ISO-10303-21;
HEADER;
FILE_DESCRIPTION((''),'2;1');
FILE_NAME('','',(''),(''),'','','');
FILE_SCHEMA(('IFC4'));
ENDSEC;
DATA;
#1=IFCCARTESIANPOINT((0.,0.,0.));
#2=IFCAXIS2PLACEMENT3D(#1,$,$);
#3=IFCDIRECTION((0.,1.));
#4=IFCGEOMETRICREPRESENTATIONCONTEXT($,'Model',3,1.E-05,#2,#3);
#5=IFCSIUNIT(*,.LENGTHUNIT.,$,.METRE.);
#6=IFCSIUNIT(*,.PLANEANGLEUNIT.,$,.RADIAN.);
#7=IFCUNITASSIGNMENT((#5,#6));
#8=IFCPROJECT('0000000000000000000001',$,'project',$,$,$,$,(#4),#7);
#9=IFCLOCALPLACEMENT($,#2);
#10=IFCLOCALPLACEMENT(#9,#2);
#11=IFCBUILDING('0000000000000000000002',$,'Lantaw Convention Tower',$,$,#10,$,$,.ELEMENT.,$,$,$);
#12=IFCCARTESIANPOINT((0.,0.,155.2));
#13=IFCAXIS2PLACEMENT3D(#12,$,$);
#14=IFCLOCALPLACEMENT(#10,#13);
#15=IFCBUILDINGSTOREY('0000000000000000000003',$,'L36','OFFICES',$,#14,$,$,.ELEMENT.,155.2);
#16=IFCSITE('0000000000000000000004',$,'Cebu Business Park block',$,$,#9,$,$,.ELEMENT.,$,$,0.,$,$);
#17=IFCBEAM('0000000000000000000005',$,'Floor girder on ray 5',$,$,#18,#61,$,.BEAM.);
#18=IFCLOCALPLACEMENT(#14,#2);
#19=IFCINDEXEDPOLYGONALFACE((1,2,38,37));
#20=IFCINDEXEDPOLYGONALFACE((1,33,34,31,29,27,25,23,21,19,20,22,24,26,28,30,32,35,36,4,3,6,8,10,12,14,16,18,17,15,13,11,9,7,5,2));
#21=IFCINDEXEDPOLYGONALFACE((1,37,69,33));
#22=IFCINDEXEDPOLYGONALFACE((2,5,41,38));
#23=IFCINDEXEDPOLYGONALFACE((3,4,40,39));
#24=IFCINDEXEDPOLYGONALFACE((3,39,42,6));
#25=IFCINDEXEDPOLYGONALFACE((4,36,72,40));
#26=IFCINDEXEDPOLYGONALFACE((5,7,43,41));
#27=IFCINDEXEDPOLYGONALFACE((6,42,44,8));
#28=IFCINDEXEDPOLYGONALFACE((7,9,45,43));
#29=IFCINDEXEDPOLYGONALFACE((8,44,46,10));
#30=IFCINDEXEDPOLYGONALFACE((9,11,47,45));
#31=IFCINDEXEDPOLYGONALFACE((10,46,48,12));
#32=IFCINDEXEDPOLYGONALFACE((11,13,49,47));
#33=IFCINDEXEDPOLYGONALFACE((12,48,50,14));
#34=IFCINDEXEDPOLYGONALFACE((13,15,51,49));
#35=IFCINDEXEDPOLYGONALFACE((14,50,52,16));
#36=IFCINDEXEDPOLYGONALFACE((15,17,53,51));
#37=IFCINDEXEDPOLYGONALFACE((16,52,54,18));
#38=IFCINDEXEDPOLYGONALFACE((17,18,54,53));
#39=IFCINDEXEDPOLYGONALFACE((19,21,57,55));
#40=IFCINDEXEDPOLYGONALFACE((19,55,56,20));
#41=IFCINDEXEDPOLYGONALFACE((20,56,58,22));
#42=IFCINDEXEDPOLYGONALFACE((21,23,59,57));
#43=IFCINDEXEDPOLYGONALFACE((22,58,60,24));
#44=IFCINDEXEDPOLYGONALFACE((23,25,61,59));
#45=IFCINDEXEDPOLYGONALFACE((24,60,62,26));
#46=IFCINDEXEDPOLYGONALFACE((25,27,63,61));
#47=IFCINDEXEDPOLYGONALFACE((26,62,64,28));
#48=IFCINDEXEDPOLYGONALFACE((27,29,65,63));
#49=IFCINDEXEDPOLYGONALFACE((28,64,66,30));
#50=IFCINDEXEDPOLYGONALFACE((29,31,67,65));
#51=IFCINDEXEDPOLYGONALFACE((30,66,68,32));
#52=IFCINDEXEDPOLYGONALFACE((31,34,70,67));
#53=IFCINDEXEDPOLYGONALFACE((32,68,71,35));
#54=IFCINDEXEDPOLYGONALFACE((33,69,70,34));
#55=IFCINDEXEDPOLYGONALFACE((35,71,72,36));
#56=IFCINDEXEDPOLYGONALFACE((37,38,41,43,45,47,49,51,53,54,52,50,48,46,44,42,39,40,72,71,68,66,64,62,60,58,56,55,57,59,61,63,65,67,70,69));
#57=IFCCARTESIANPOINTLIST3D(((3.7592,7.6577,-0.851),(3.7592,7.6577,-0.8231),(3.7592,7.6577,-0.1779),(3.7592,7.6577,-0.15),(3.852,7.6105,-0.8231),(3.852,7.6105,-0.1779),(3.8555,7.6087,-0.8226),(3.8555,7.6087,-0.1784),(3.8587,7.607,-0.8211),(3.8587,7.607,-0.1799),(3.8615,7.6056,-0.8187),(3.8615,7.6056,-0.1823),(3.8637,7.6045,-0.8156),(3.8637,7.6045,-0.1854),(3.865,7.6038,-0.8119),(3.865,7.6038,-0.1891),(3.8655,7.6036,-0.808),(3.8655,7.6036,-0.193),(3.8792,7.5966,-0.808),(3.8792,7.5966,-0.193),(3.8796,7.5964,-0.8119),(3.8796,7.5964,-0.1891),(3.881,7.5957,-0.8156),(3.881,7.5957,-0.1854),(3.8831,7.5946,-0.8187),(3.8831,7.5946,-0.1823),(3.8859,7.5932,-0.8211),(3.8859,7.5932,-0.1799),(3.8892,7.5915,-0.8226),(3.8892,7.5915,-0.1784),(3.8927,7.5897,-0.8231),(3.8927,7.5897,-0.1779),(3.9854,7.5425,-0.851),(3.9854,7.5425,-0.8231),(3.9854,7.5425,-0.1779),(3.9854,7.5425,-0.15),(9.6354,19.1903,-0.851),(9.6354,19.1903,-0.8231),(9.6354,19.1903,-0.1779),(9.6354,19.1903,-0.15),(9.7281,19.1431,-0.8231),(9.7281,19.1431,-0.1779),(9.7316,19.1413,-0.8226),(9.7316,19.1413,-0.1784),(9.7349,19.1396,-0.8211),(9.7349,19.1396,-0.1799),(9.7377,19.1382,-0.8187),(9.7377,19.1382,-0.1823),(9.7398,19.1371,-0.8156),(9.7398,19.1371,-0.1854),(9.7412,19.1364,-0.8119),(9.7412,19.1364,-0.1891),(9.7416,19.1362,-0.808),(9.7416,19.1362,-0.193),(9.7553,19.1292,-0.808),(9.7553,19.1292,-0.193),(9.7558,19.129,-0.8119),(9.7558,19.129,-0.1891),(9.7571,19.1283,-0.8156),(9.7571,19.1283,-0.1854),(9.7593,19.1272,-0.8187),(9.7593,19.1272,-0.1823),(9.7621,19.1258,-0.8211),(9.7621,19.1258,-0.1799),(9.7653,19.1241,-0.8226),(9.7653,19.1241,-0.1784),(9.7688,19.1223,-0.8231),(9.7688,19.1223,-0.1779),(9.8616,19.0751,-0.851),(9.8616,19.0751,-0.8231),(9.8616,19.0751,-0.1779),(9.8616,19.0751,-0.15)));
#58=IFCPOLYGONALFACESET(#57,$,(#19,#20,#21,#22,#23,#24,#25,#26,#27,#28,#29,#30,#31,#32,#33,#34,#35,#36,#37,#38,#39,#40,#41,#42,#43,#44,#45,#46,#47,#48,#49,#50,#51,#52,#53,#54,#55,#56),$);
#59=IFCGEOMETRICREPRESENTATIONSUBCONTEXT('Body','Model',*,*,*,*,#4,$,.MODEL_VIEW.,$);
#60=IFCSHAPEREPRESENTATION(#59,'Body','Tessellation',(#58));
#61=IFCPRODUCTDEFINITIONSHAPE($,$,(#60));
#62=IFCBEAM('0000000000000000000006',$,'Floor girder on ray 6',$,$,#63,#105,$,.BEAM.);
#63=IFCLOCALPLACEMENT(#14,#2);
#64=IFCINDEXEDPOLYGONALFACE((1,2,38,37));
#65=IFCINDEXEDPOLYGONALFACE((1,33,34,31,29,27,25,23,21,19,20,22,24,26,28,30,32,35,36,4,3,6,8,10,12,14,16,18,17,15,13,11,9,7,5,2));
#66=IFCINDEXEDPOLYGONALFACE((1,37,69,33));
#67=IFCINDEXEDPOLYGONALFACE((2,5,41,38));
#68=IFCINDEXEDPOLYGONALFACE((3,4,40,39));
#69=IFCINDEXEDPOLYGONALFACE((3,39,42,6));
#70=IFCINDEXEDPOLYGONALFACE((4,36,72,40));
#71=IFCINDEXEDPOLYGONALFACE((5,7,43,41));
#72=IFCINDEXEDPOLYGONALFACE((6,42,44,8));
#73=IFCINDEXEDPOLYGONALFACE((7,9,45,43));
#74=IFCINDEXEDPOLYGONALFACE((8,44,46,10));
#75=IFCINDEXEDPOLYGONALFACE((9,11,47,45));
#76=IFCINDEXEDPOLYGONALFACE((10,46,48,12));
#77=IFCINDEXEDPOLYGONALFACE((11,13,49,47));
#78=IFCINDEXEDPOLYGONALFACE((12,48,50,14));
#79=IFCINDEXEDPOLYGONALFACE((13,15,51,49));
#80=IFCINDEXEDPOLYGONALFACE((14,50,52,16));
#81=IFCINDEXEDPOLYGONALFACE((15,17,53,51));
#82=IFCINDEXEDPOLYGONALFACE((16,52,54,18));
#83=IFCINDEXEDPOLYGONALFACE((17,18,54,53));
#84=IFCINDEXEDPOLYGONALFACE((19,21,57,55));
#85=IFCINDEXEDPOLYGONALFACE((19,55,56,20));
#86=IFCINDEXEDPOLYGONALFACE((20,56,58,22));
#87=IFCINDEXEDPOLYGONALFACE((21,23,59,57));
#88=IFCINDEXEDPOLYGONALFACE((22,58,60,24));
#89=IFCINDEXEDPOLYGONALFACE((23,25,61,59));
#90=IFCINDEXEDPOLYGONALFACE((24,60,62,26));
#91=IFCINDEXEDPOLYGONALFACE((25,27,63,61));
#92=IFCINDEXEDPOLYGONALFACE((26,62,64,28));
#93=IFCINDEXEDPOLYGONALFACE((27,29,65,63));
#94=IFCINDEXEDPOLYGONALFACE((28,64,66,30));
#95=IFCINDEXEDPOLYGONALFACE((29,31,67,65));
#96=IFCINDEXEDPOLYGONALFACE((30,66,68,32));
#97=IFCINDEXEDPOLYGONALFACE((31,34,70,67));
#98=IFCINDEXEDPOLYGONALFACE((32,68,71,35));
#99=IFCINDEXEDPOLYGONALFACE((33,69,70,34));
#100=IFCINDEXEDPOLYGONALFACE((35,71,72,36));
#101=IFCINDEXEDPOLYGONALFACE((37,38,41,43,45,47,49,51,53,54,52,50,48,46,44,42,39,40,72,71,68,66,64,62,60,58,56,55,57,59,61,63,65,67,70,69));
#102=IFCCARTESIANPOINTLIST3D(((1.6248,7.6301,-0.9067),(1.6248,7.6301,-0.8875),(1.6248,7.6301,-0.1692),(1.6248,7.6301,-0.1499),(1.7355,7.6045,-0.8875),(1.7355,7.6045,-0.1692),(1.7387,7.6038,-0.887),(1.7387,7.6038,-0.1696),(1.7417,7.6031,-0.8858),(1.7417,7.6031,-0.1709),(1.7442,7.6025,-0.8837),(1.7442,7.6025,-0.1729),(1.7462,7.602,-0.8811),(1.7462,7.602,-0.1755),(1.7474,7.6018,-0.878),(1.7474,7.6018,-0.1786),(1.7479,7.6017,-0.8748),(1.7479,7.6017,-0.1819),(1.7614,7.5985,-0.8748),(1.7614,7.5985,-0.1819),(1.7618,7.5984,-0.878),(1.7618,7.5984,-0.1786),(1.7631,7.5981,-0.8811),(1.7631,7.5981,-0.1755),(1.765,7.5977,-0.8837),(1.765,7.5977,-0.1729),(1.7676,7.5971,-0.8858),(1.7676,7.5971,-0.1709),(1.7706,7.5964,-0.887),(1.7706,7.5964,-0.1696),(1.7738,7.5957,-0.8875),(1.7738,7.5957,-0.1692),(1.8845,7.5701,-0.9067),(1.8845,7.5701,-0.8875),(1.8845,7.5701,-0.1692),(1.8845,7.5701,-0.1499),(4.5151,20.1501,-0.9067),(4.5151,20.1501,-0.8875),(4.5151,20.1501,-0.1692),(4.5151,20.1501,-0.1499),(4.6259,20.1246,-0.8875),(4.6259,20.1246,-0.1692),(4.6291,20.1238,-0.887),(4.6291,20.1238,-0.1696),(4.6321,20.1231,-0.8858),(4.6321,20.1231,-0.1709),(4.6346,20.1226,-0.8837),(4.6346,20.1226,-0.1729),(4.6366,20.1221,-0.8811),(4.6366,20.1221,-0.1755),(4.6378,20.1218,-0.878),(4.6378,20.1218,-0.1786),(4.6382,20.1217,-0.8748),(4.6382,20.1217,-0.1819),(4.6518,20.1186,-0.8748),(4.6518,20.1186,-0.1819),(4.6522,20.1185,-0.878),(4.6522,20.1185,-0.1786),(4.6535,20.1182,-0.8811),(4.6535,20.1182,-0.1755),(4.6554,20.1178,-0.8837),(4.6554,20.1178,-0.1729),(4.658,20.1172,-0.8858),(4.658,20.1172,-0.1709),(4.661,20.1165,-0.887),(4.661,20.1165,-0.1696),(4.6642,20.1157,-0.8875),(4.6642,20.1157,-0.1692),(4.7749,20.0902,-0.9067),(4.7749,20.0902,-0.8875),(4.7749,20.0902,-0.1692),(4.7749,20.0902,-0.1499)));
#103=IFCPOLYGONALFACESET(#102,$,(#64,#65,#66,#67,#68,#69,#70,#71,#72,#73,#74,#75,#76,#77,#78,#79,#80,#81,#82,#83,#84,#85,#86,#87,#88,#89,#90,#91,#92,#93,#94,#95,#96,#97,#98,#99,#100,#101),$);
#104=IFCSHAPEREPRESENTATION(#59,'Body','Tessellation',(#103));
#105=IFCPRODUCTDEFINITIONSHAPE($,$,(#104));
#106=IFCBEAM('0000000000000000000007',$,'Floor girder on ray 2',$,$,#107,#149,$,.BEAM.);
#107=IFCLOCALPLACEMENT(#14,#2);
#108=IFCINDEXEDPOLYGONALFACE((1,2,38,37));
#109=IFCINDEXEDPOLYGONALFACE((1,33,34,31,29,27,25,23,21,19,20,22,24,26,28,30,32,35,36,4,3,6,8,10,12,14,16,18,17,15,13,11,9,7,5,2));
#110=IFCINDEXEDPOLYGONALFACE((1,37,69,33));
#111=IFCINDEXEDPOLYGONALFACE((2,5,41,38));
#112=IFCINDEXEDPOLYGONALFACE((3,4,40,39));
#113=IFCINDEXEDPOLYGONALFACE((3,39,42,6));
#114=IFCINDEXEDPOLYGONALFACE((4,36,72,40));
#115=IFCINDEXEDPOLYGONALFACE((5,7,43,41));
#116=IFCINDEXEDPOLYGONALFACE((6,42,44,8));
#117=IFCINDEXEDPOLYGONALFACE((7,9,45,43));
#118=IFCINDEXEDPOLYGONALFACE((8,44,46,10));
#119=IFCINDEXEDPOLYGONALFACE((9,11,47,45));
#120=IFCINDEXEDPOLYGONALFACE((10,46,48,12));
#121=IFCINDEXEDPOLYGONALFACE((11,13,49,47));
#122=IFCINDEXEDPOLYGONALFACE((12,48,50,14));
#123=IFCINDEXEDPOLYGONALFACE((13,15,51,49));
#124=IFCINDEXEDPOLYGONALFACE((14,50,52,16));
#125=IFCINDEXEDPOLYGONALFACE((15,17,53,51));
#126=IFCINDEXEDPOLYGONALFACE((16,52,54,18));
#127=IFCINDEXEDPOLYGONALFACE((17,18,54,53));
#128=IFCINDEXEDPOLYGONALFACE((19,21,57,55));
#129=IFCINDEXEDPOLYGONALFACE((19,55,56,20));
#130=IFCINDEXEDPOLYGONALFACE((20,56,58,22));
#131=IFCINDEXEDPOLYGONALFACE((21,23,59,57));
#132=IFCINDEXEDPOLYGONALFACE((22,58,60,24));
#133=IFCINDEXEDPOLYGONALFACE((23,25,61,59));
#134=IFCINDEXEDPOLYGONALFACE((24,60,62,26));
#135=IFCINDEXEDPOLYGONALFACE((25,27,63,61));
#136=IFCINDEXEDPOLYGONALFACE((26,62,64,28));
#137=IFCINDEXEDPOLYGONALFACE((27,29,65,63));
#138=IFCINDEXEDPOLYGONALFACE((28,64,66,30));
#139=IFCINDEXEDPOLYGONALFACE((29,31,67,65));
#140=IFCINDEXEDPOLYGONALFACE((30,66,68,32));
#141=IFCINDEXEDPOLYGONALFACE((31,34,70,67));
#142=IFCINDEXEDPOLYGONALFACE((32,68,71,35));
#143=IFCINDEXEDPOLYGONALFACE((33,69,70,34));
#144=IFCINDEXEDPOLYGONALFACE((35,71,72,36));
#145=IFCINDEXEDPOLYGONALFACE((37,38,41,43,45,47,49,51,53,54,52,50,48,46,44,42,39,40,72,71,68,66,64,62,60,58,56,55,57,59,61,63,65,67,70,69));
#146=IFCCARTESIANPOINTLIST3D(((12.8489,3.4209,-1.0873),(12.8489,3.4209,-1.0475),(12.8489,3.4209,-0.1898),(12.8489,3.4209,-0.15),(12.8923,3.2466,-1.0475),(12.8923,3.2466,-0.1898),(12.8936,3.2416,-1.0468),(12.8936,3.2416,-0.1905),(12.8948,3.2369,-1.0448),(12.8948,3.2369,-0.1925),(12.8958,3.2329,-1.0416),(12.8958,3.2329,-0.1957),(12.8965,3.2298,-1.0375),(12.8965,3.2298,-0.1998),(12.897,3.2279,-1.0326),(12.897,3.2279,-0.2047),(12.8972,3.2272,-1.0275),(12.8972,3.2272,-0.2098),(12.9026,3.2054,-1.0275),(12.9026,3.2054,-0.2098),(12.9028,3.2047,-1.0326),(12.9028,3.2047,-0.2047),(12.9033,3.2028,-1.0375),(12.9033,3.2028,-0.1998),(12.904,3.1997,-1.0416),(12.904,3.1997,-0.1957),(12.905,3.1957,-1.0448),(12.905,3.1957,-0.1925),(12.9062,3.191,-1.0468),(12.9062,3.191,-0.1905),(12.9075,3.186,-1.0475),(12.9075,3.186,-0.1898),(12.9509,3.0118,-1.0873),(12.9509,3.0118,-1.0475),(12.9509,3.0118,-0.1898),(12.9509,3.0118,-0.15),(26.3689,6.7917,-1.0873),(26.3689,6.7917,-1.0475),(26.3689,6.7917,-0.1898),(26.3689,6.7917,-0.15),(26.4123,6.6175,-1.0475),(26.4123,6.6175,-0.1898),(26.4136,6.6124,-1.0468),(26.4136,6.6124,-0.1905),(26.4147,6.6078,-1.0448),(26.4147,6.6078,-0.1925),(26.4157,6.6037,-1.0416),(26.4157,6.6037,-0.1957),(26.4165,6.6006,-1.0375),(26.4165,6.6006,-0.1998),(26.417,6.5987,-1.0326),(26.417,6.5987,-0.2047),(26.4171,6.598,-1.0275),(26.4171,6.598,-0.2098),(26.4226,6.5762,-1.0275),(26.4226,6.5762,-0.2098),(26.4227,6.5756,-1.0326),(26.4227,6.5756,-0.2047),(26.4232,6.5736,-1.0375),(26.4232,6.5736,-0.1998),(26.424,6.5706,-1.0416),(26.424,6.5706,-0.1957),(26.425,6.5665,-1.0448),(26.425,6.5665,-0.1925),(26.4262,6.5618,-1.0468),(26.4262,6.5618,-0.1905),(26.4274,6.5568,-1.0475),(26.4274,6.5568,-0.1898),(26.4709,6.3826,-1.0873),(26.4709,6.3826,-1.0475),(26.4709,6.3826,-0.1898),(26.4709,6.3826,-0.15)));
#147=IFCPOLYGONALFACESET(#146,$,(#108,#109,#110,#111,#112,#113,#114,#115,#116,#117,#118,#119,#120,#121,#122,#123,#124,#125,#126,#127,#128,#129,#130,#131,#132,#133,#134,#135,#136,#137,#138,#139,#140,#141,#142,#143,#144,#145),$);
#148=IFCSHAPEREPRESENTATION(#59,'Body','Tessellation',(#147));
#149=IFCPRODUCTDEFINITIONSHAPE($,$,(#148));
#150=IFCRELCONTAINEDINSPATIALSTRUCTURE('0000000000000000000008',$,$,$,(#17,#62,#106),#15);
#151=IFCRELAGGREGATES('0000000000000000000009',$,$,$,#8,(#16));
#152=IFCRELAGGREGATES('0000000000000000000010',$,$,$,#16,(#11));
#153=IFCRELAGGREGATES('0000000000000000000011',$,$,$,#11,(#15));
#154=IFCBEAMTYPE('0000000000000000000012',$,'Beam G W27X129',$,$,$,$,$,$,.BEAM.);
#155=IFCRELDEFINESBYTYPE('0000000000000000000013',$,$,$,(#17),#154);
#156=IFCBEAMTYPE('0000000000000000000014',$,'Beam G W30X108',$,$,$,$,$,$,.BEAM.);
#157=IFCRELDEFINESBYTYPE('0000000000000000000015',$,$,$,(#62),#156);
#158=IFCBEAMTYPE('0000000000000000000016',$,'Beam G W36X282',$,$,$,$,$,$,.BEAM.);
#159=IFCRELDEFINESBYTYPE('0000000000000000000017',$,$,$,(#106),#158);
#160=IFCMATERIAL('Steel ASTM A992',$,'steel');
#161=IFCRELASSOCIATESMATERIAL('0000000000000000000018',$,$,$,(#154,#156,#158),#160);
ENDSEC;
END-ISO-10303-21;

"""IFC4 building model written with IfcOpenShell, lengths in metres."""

from ifc_helpers import new_model, si_unit, direction, frame, origin, origin_2d, place, context, subcontext, project, spatial, i_section, extrude, material, material_profile, profile_set, type_object, element, save


model = new_model("IFC4")

# Units and contexts
model_context = context("Model", 3, precision=1e-05, world=origin(), true_north=direction((0.0, 1.0)))
body_context = subcontext(model_context, "Body", "Model", "MODEL_VIEW")
ifc_project = project(units=[si_unit("LENGTHUNIT", "METRE"), si_unit("PLANEANGLEUNIT", "RADIAN")], contexts=[model_context])

# Site, building, storey
site_placement = place(None, origin())
site = spatial("IfcSite", under=ifc_project, at=site_placement, Name="Cebu Business Park block", CompositionType="ELEMENT", RefElevation=0.0)
building_placement = place(site_placement, origin())
building = spatial("IfcBuilding", under=site, at=building_placement, Name="Lantaw Convention Tower", CompositionType="ELEMENT")
storey_placement = place(building_placement, frame((0.0, 0.0, 155.2)))
storey = spatial("IfcBuildingStorey", under=building, at=storey_placement, Name="L36", Description="OFFICES", CompositionType="ELEMENT", Elevation=155.2)

# Beams
ifc_material_1 = material(Name="Steel ASTM A992", Category="steel")
ifc_material_profile_1 = material_profile(ifc_material_1, i_section(OverallWidth=0.2539, OverallDepth=0.7009, WebThickness=0.0154, FlangeThickness=0.0278, FilletRadius=0.0151, at=origin_2d()), Name="W27X129")
ifc_profile_set_1 = profile_set([ifc_material_profile_1], Name="Steel ASTM A992")
beam_type_1 = type_object("IfcBeamType", Name="Beam G W27X129", PredefinedType="BEAM", material=ifc_profile_set_1)
beam_1_placement = place(storey_placement, frame((3.8723, 7.6001, -0.5005), z_axis=(0.453991, 0.891006, 0.0), x_axis=(-0.891006, 0.453991, 0.0)))
element("IfcBeam", 1, at=beam_1_placement, inside=storey, type_object=beam_type_1, Name="Floor girder on ray 5", PredefinedType="BEAM", context=body_context, shape_type="SweptSolid", body=[
    extrude(i_section(OverallWidth=0.2539, OverallDepth=0.7009, WebThickness=0.0154, FlangeThickness=0.0278, FilletRadius=0.0151, at=origin_2d()), origin(), (0.0, 0.0, 1.0), 12.9434),
])
ifc_material_profile_2 = material_profile(ifc_material_1, i_section(OverallWidth=0.2666, OverallDepth=0.7568, WebThickness=0.0139, FlangeThickness=0.0193, FilletRadius=0.0127, at=origin_2d()), Name="W30X108")
ifc_profile_set_2 = profile_set([ifc_material_profile_2], Name="Steel ASTM A992")
beam_type_2 = type_object("IfcBeamType", Name="Beam G W30X108", PredefinedType="BEAM", material=ifc_profile_set_2)
beam_2_placement = place(storey_placement, frame((1.7546, 7.6001, -0.5283), z_axis=(0.224944, 0.974372, 0.0), x_axis=(-0.974372, 0.224944, 0.0)))
element("IfcBeam", 2, at=beam_2_placement, inside=storey, type_object=beam_type_2, Name="Floor girder on ray 6", PredefinedType="BEAM", context=body_context, shape_type="SweptSolid", body=[
    extrude(i_section(OverallWidth=0.2666, OverallDepth=0.7568, WebThickness=0.0139, FlangeThickness=0.0193, FilletRadius=0.0127, at=origin_2d()), origin(), (0.0, 0.0, 1.0), 12.8494),
])
ifc_material_profile_3 = material_profile(ifc_material_1, i_section(OverallWidth=0.4216, OverallDepth=0.9373, WebThickness=0.0225, FlangeThickness=0.0398, FilletRadius=0.02, at=origin_2d()), Name="W36X282")
ifc_profile_set_3 = profile_set([ifc_material_profile_3], Name="Steel ASTM A992")
beam_type_3 = type_object("IfcBeamType", Name="Beam G W36X282", PredefinedType="BEAM", material=ifc_profile_set_3)
beam_3_placement = place(storey_placement, frame((12.8999, 3.2163, -0.6187), z_axis=(0.970297, 0.241917, 0.0), x_axis=(-0.241917, 0.970297, 0.0)))
element("IfcBeam", 3, at=beam_3_placement, inside=storey, type_object=beam_type_3, Name="Floor girder on ray 2", PredefinedType="BEAM", context=body_context, shape_type="SweptSolid", body=[
    extrude(i_section(OverallWidth=0.4216, OverallDepth=0.9373, WebThickness=0.0225, FlangeThickness=0.0398, FilletRadius=0.02, at=origin_2d()), origin(), (0.0, 0.0, 1.0), 13.9338),
])

save(model, "model.ifc")
